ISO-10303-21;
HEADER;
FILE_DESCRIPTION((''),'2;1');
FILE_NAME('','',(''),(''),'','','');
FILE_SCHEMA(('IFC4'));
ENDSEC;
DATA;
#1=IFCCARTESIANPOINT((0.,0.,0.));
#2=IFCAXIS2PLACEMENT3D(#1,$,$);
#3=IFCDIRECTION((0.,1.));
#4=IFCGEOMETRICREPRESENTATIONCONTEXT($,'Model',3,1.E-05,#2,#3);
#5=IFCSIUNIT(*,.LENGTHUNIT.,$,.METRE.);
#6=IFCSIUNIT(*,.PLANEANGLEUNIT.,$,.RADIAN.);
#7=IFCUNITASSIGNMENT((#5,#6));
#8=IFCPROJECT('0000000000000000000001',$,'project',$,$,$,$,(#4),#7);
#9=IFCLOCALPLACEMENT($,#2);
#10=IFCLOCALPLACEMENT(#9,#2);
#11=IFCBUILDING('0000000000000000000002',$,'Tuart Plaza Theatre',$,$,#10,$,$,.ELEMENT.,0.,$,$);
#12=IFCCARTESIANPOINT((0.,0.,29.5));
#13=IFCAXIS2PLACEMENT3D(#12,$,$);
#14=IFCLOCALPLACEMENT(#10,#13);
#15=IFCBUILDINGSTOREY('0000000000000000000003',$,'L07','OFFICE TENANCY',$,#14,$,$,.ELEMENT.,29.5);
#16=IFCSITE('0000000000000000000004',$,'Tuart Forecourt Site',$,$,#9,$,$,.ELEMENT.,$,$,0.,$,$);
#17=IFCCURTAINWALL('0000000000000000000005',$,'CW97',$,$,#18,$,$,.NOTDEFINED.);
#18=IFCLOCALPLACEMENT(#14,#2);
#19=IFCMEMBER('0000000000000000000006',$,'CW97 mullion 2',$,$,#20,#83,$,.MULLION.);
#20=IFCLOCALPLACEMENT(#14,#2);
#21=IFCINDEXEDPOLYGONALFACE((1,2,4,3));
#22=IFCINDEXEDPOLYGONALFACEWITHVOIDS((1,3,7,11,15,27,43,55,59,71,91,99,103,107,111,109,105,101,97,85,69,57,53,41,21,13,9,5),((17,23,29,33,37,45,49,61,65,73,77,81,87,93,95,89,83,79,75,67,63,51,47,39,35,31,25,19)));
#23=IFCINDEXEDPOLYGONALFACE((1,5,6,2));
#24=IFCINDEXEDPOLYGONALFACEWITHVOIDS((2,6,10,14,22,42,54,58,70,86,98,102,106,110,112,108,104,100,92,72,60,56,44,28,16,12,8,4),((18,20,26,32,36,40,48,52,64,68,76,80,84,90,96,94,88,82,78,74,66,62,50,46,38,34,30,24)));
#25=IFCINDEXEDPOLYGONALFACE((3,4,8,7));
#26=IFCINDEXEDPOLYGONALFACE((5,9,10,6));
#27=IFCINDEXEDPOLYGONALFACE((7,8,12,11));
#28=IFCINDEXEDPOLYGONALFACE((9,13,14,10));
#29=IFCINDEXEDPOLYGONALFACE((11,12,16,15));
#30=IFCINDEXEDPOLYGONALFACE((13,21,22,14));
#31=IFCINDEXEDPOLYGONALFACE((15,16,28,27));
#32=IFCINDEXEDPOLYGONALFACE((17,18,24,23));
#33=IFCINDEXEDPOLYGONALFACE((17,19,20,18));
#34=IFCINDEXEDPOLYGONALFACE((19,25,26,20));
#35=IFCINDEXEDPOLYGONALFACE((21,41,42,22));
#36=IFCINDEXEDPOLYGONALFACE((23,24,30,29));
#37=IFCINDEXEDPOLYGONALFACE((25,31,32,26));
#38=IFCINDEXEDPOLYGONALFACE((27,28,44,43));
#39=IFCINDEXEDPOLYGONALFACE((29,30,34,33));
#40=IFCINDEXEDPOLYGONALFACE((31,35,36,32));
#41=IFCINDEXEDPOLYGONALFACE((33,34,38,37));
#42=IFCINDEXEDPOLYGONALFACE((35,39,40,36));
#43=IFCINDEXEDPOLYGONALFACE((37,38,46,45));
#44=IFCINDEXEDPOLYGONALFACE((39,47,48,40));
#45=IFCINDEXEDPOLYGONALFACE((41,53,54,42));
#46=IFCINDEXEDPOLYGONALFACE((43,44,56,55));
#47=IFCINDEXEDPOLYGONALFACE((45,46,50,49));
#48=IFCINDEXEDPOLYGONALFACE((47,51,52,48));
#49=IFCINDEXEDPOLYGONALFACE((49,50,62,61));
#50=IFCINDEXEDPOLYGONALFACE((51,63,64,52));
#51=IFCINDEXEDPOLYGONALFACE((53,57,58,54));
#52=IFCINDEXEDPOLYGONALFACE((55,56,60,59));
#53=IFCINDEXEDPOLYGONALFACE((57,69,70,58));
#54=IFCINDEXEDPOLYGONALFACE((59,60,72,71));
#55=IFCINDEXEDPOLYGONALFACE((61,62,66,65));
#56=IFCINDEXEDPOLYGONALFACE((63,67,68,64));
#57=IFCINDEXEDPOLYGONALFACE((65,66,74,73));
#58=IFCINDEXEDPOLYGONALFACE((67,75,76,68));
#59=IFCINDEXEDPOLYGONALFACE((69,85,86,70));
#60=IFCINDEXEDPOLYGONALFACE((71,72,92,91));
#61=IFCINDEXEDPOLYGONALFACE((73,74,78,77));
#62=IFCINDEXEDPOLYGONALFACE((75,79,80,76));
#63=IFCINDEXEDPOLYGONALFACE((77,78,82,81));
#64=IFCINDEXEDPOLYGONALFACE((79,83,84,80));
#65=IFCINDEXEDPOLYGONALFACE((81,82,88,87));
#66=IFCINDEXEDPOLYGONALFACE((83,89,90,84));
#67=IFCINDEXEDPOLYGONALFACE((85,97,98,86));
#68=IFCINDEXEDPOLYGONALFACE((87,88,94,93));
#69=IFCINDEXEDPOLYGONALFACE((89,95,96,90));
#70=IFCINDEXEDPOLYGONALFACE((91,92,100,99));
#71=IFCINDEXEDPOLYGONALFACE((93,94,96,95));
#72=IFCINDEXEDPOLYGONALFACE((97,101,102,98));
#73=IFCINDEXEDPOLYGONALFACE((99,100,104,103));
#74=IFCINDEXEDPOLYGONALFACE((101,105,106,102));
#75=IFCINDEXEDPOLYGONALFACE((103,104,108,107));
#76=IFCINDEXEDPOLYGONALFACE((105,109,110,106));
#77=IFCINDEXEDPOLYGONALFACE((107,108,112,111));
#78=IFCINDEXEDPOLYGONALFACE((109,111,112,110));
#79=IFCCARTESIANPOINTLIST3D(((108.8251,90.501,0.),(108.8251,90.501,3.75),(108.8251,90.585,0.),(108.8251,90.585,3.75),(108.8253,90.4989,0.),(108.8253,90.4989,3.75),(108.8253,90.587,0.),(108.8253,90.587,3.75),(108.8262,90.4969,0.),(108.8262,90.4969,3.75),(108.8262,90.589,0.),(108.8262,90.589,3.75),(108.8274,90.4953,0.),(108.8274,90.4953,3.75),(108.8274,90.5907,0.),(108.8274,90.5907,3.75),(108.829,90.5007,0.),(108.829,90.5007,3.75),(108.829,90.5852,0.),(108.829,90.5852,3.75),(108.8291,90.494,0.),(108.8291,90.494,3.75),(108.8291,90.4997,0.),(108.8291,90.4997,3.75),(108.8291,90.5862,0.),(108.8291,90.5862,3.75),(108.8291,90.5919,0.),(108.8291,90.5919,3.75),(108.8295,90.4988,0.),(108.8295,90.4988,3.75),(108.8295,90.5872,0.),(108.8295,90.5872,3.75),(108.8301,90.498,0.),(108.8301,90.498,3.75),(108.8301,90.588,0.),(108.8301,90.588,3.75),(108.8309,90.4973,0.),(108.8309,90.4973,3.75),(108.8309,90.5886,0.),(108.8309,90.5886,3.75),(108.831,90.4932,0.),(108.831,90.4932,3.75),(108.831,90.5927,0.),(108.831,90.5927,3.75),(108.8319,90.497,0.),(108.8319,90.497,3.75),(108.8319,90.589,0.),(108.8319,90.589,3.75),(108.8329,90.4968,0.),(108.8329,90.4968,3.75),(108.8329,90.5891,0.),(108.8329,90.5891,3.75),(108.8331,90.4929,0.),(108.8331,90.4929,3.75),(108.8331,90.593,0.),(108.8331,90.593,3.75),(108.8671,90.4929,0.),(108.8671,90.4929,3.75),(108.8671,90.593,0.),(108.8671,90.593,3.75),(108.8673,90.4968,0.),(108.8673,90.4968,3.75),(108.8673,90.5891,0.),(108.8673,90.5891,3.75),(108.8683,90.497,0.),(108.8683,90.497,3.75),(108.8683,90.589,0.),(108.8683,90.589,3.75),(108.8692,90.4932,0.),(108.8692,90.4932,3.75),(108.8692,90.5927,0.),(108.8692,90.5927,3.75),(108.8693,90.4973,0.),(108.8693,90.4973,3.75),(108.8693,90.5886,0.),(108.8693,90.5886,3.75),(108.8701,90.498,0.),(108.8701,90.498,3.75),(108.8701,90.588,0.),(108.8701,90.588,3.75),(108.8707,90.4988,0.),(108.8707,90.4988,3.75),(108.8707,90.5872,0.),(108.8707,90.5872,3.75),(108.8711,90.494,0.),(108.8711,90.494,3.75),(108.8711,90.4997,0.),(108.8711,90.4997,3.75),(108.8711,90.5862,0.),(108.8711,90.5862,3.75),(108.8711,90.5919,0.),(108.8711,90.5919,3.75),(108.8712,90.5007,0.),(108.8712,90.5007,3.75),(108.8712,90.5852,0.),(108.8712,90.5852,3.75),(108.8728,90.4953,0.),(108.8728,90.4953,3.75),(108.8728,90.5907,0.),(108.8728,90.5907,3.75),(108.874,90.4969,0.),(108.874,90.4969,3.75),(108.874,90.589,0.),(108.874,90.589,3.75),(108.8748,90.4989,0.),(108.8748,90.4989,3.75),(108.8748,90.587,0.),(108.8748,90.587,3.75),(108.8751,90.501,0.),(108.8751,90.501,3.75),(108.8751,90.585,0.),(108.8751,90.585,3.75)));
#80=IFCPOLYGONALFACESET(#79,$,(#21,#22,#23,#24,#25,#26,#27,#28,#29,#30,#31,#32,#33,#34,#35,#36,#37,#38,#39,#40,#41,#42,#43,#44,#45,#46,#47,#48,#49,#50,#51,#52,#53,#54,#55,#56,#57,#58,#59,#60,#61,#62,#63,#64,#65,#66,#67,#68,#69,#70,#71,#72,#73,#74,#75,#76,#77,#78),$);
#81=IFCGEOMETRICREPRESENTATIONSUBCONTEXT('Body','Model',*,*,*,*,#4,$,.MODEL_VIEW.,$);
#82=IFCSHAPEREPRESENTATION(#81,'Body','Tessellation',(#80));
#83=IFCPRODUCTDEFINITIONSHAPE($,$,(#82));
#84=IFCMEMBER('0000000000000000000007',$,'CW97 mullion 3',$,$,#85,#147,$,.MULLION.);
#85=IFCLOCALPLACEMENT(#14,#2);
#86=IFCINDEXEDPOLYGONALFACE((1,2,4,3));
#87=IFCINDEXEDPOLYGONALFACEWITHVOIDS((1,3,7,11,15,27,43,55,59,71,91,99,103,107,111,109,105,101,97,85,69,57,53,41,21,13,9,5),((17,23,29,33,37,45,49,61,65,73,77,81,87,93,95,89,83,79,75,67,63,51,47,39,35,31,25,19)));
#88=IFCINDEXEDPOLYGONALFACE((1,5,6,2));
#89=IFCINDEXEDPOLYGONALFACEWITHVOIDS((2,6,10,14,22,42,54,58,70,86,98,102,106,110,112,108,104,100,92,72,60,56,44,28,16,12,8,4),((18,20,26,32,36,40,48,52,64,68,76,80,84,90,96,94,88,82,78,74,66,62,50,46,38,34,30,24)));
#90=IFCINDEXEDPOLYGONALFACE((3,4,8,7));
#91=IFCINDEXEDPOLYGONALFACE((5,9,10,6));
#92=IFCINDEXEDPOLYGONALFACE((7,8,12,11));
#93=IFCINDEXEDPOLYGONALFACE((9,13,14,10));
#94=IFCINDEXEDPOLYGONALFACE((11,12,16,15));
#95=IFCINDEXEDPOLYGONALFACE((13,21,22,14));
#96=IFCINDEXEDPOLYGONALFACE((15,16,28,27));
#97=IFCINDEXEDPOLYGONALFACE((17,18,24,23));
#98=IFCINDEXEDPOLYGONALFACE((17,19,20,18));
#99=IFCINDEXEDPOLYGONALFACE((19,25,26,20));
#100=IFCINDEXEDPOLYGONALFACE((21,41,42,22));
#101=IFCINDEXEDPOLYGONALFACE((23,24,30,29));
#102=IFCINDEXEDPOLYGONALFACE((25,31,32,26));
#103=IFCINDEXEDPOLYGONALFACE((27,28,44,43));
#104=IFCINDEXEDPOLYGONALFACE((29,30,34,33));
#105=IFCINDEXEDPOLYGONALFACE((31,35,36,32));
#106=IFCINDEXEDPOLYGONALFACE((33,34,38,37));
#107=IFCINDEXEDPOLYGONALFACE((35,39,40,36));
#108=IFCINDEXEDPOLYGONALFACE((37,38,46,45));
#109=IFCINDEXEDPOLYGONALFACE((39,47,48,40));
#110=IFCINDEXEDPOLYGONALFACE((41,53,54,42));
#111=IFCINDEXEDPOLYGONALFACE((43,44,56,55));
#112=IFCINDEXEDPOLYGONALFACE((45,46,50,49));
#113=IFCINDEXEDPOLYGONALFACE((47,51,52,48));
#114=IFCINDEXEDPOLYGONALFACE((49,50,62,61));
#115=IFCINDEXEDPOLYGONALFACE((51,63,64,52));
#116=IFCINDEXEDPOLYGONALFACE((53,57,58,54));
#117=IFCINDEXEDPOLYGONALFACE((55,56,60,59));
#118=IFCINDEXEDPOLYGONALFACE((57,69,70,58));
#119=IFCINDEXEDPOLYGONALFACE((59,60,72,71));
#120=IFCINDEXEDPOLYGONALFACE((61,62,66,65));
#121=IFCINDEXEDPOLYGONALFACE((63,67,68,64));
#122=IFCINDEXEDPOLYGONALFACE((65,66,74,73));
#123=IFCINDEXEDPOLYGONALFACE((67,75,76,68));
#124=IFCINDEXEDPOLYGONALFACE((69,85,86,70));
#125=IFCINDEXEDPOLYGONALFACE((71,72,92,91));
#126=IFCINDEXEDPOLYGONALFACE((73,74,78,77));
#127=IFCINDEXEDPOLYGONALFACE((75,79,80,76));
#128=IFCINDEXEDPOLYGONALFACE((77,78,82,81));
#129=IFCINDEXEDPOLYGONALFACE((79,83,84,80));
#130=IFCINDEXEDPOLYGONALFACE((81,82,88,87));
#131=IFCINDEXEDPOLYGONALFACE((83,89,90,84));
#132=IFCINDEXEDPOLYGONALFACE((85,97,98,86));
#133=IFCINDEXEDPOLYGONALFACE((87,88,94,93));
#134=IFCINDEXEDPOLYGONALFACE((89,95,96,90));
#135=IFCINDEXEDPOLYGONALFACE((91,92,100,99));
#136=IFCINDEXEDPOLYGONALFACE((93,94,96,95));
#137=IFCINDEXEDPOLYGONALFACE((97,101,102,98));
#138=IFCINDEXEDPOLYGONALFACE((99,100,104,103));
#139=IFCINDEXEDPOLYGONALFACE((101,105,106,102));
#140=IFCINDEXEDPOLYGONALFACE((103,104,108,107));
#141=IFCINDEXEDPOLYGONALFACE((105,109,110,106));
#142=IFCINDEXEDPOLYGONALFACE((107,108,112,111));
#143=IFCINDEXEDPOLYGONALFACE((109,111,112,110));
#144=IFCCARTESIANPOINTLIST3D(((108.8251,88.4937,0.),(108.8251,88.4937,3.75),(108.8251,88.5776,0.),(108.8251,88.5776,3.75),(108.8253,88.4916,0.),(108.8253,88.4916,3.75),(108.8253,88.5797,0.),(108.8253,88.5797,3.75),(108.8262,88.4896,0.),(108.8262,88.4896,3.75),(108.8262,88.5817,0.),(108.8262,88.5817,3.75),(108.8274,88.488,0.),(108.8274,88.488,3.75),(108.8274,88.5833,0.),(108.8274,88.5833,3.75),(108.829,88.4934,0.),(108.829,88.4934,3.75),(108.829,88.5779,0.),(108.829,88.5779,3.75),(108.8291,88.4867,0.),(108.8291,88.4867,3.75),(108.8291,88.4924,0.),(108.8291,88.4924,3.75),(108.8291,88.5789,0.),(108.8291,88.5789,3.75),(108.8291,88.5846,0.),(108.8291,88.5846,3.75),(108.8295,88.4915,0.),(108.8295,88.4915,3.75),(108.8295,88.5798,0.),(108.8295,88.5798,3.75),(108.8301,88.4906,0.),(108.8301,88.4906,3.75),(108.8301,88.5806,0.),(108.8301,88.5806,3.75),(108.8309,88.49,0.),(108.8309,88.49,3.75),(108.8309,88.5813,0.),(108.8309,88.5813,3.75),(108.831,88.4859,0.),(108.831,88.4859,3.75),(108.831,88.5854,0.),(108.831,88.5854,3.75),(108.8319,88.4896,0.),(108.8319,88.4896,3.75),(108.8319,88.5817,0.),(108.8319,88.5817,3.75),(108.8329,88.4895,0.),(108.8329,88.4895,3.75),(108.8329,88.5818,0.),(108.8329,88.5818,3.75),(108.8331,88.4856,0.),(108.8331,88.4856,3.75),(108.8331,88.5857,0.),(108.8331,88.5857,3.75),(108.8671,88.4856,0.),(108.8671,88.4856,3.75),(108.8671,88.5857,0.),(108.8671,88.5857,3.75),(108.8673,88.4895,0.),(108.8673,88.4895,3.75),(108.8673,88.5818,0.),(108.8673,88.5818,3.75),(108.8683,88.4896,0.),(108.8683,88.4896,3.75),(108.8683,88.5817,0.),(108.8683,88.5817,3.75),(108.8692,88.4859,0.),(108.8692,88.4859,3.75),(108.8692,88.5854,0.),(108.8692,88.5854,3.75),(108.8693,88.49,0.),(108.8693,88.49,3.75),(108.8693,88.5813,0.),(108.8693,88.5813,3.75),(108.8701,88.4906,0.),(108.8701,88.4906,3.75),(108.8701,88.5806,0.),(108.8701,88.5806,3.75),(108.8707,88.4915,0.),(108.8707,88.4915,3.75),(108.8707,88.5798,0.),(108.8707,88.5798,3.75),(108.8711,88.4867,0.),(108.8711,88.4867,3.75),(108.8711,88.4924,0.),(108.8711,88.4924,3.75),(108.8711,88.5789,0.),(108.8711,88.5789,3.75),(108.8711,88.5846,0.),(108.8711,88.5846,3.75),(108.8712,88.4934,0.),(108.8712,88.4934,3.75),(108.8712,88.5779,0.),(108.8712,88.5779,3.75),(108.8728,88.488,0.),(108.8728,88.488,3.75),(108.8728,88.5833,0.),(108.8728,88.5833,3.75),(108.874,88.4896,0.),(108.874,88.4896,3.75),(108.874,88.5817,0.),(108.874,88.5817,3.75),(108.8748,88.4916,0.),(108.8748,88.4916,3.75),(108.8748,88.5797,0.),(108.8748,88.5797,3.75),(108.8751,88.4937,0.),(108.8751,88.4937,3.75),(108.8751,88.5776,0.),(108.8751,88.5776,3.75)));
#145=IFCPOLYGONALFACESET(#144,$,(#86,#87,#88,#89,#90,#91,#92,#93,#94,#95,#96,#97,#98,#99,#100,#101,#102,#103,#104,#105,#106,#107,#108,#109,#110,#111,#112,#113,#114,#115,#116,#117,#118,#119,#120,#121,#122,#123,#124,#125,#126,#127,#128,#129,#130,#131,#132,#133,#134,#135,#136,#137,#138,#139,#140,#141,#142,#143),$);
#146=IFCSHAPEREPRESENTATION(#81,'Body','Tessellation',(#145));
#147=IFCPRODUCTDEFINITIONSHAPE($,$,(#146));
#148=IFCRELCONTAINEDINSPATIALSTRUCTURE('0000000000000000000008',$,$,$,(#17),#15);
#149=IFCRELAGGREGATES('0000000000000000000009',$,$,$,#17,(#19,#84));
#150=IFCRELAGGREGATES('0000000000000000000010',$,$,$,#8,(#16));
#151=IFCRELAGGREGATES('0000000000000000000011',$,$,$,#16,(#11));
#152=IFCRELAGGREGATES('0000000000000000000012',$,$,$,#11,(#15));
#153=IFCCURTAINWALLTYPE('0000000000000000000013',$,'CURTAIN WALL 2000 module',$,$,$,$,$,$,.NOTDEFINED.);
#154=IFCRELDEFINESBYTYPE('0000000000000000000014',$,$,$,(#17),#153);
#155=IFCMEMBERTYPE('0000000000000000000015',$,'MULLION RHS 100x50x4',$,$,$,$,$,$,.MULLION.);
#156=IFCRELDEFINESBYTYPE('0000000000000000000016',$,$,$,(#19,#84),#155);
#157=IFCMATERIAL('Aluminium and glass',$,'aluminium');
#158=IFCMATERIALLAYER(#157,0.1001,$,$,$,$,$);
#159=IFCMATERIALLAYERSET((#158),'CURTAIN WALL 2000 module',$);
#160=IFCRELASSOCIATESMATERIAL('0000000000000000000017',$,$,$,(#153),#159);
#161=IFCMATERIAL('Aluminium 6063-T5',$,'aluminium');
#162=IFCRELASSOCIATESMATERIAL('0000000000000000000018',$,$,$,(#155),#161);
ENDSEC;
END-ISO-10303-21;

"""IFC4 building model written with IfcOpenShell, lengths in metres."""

from ifc_helpers import new_model, si_unit, direction, frame, origin, origin_2d, place, context, subcontext, project, spatial, hollow_rectangle, extrude, material, layer, layer_set, material_profile, profile_set, type_object, element, aggregate, save


model = new_model("IFC4")

# Units and contexts
model_context = context("Model", 3, precision=1e-05, world=origin(), true_north=direction((0.0, 1.0)))
body_context = subcontext(model_context, "Body", "Model", "MODEL_VIEW")
ifc_project = project(units=[si_unit("LENGTHUNIT", "METRE"), si_unit("PLANEANGLEUNIT", "RADIAN")], contexts=[model_context])

# Site, building, storey
site_placement = place(None, origin())
site = spatial("IfcSite", under=ifc_project, at=site_placement, Name="Tuart Forecourt Site", CompositionType="ELEMENT", RefElevation=0.0)
building_placement = place(site_placement, origin())
building = spatial("IfcBuilding", under=site, at=building_placement, Name="Tuart Plaza Theatre", CompositionType="ELEMENT", ElevationOfRefHeight=0.0)
storey_placement = place(building_placement, frame((0.0, 0.0, 29.5)))
storey = spatial("IfcBuildingStorey", under=building, at=storey_placement, Name="L07", Description="OFFICE TENANCY", CompositionType="ELEMENT", Elevation=29.5)

# Shared definitions
ifc_material_1 = material(Name="Aluminium and glass", Category="aluminium")
ifc_layer_1 = layer(ifc_material_1, 0.1001)
ifc_layer_set_1 = layer_set([ifc_layer_1], Name="CURTAIN WALL 2000 module")
curtain_wall_type = type_object("IfcCurtainWallType", Name="CURTAIN WALL 2000 module", PredefinedType="NOTDEFINED", material=ifc_layer_set_1)
ifc_material_2 = material(Name="Aluminium 6063-T5", Category="aluminium")
ifc_material_profile_1 = material_profile(ifc_material_2, hollow_rectangle(XDim=0.05, YDim=0.1001, WallThickness=0.0039, InnerFilletRadius=0.0039, OuterFilletRadius=0.0081, at=origin_2d()), Name="RHS 100x50x4")
ifc_profile_set_1 = profile_set([ifc_material_profile_1], Name="Aluminium 6063-T5")
member_type_1 = type_object("IfcMemberType", Name="MULLION RHS 100x50x4", PredefinedType="MULLION", material=ifc_profile_set_1)

# Curtain wall, members
curtain_wall_1_placement = place(storey_placement, origin())
curtain_wall_1 = element("IfcCurtainWall", 1, at=curtain_wall_1_placement, inside=storey, type_object=curtain_wall_type, Name="CW97", PredefinedType="NOTDEFINED")
member_1_placement = place(storey_placement, frame((108.8501, 90.543, 0.0), z_axis=(0.0, 0.0, 1.0), x_axis=(1.0, 0.0, 0.0)))
member_1 = element("IfcMember", 2, at=member_1_placement, type_object=member_type_1, Name="CW97 mullion 2", PredefinedType="MULLION", context=body_context, shape_type="SweptSolid", body=[
    extrude(hollow_rectangle(XDim=0.05, YDim=0.1001, WallThickness=0.0039, InnerFilletRadius=0.0039, OuterFilletRadius=0.0081, at=origin_2d()), origin(), (0.0, 0.0, 1.0), 3.75),
])
member_2_placement = place(storey_placement, frame((108.8501, 88.5356, 0.0), z_axis=(0.0, 0.0, 1.0), x_axis=(1.0, 0.0, 0.0)))
member_2 = element("IfcMember", 3, at=member_2_placement, type_object=member_type_1, Name="CW97 mullion 3", PredefinedType="MULLION", context=body_context, shape_type="SweptSolid", body=[
    extrude(hollow_rectangle(XDim=0.05, YDim=0.1001, WallThickness=0.0039, InnerFilletRadius=0.0039, OuterFilletRadius=0.0081, at=origin_2d()), origin(), (0.0, 0.0, 1.0), 3.75),
])
aggregate(curtain_wall_1, [member_1, member_2])

save(model, "model.ifc")
